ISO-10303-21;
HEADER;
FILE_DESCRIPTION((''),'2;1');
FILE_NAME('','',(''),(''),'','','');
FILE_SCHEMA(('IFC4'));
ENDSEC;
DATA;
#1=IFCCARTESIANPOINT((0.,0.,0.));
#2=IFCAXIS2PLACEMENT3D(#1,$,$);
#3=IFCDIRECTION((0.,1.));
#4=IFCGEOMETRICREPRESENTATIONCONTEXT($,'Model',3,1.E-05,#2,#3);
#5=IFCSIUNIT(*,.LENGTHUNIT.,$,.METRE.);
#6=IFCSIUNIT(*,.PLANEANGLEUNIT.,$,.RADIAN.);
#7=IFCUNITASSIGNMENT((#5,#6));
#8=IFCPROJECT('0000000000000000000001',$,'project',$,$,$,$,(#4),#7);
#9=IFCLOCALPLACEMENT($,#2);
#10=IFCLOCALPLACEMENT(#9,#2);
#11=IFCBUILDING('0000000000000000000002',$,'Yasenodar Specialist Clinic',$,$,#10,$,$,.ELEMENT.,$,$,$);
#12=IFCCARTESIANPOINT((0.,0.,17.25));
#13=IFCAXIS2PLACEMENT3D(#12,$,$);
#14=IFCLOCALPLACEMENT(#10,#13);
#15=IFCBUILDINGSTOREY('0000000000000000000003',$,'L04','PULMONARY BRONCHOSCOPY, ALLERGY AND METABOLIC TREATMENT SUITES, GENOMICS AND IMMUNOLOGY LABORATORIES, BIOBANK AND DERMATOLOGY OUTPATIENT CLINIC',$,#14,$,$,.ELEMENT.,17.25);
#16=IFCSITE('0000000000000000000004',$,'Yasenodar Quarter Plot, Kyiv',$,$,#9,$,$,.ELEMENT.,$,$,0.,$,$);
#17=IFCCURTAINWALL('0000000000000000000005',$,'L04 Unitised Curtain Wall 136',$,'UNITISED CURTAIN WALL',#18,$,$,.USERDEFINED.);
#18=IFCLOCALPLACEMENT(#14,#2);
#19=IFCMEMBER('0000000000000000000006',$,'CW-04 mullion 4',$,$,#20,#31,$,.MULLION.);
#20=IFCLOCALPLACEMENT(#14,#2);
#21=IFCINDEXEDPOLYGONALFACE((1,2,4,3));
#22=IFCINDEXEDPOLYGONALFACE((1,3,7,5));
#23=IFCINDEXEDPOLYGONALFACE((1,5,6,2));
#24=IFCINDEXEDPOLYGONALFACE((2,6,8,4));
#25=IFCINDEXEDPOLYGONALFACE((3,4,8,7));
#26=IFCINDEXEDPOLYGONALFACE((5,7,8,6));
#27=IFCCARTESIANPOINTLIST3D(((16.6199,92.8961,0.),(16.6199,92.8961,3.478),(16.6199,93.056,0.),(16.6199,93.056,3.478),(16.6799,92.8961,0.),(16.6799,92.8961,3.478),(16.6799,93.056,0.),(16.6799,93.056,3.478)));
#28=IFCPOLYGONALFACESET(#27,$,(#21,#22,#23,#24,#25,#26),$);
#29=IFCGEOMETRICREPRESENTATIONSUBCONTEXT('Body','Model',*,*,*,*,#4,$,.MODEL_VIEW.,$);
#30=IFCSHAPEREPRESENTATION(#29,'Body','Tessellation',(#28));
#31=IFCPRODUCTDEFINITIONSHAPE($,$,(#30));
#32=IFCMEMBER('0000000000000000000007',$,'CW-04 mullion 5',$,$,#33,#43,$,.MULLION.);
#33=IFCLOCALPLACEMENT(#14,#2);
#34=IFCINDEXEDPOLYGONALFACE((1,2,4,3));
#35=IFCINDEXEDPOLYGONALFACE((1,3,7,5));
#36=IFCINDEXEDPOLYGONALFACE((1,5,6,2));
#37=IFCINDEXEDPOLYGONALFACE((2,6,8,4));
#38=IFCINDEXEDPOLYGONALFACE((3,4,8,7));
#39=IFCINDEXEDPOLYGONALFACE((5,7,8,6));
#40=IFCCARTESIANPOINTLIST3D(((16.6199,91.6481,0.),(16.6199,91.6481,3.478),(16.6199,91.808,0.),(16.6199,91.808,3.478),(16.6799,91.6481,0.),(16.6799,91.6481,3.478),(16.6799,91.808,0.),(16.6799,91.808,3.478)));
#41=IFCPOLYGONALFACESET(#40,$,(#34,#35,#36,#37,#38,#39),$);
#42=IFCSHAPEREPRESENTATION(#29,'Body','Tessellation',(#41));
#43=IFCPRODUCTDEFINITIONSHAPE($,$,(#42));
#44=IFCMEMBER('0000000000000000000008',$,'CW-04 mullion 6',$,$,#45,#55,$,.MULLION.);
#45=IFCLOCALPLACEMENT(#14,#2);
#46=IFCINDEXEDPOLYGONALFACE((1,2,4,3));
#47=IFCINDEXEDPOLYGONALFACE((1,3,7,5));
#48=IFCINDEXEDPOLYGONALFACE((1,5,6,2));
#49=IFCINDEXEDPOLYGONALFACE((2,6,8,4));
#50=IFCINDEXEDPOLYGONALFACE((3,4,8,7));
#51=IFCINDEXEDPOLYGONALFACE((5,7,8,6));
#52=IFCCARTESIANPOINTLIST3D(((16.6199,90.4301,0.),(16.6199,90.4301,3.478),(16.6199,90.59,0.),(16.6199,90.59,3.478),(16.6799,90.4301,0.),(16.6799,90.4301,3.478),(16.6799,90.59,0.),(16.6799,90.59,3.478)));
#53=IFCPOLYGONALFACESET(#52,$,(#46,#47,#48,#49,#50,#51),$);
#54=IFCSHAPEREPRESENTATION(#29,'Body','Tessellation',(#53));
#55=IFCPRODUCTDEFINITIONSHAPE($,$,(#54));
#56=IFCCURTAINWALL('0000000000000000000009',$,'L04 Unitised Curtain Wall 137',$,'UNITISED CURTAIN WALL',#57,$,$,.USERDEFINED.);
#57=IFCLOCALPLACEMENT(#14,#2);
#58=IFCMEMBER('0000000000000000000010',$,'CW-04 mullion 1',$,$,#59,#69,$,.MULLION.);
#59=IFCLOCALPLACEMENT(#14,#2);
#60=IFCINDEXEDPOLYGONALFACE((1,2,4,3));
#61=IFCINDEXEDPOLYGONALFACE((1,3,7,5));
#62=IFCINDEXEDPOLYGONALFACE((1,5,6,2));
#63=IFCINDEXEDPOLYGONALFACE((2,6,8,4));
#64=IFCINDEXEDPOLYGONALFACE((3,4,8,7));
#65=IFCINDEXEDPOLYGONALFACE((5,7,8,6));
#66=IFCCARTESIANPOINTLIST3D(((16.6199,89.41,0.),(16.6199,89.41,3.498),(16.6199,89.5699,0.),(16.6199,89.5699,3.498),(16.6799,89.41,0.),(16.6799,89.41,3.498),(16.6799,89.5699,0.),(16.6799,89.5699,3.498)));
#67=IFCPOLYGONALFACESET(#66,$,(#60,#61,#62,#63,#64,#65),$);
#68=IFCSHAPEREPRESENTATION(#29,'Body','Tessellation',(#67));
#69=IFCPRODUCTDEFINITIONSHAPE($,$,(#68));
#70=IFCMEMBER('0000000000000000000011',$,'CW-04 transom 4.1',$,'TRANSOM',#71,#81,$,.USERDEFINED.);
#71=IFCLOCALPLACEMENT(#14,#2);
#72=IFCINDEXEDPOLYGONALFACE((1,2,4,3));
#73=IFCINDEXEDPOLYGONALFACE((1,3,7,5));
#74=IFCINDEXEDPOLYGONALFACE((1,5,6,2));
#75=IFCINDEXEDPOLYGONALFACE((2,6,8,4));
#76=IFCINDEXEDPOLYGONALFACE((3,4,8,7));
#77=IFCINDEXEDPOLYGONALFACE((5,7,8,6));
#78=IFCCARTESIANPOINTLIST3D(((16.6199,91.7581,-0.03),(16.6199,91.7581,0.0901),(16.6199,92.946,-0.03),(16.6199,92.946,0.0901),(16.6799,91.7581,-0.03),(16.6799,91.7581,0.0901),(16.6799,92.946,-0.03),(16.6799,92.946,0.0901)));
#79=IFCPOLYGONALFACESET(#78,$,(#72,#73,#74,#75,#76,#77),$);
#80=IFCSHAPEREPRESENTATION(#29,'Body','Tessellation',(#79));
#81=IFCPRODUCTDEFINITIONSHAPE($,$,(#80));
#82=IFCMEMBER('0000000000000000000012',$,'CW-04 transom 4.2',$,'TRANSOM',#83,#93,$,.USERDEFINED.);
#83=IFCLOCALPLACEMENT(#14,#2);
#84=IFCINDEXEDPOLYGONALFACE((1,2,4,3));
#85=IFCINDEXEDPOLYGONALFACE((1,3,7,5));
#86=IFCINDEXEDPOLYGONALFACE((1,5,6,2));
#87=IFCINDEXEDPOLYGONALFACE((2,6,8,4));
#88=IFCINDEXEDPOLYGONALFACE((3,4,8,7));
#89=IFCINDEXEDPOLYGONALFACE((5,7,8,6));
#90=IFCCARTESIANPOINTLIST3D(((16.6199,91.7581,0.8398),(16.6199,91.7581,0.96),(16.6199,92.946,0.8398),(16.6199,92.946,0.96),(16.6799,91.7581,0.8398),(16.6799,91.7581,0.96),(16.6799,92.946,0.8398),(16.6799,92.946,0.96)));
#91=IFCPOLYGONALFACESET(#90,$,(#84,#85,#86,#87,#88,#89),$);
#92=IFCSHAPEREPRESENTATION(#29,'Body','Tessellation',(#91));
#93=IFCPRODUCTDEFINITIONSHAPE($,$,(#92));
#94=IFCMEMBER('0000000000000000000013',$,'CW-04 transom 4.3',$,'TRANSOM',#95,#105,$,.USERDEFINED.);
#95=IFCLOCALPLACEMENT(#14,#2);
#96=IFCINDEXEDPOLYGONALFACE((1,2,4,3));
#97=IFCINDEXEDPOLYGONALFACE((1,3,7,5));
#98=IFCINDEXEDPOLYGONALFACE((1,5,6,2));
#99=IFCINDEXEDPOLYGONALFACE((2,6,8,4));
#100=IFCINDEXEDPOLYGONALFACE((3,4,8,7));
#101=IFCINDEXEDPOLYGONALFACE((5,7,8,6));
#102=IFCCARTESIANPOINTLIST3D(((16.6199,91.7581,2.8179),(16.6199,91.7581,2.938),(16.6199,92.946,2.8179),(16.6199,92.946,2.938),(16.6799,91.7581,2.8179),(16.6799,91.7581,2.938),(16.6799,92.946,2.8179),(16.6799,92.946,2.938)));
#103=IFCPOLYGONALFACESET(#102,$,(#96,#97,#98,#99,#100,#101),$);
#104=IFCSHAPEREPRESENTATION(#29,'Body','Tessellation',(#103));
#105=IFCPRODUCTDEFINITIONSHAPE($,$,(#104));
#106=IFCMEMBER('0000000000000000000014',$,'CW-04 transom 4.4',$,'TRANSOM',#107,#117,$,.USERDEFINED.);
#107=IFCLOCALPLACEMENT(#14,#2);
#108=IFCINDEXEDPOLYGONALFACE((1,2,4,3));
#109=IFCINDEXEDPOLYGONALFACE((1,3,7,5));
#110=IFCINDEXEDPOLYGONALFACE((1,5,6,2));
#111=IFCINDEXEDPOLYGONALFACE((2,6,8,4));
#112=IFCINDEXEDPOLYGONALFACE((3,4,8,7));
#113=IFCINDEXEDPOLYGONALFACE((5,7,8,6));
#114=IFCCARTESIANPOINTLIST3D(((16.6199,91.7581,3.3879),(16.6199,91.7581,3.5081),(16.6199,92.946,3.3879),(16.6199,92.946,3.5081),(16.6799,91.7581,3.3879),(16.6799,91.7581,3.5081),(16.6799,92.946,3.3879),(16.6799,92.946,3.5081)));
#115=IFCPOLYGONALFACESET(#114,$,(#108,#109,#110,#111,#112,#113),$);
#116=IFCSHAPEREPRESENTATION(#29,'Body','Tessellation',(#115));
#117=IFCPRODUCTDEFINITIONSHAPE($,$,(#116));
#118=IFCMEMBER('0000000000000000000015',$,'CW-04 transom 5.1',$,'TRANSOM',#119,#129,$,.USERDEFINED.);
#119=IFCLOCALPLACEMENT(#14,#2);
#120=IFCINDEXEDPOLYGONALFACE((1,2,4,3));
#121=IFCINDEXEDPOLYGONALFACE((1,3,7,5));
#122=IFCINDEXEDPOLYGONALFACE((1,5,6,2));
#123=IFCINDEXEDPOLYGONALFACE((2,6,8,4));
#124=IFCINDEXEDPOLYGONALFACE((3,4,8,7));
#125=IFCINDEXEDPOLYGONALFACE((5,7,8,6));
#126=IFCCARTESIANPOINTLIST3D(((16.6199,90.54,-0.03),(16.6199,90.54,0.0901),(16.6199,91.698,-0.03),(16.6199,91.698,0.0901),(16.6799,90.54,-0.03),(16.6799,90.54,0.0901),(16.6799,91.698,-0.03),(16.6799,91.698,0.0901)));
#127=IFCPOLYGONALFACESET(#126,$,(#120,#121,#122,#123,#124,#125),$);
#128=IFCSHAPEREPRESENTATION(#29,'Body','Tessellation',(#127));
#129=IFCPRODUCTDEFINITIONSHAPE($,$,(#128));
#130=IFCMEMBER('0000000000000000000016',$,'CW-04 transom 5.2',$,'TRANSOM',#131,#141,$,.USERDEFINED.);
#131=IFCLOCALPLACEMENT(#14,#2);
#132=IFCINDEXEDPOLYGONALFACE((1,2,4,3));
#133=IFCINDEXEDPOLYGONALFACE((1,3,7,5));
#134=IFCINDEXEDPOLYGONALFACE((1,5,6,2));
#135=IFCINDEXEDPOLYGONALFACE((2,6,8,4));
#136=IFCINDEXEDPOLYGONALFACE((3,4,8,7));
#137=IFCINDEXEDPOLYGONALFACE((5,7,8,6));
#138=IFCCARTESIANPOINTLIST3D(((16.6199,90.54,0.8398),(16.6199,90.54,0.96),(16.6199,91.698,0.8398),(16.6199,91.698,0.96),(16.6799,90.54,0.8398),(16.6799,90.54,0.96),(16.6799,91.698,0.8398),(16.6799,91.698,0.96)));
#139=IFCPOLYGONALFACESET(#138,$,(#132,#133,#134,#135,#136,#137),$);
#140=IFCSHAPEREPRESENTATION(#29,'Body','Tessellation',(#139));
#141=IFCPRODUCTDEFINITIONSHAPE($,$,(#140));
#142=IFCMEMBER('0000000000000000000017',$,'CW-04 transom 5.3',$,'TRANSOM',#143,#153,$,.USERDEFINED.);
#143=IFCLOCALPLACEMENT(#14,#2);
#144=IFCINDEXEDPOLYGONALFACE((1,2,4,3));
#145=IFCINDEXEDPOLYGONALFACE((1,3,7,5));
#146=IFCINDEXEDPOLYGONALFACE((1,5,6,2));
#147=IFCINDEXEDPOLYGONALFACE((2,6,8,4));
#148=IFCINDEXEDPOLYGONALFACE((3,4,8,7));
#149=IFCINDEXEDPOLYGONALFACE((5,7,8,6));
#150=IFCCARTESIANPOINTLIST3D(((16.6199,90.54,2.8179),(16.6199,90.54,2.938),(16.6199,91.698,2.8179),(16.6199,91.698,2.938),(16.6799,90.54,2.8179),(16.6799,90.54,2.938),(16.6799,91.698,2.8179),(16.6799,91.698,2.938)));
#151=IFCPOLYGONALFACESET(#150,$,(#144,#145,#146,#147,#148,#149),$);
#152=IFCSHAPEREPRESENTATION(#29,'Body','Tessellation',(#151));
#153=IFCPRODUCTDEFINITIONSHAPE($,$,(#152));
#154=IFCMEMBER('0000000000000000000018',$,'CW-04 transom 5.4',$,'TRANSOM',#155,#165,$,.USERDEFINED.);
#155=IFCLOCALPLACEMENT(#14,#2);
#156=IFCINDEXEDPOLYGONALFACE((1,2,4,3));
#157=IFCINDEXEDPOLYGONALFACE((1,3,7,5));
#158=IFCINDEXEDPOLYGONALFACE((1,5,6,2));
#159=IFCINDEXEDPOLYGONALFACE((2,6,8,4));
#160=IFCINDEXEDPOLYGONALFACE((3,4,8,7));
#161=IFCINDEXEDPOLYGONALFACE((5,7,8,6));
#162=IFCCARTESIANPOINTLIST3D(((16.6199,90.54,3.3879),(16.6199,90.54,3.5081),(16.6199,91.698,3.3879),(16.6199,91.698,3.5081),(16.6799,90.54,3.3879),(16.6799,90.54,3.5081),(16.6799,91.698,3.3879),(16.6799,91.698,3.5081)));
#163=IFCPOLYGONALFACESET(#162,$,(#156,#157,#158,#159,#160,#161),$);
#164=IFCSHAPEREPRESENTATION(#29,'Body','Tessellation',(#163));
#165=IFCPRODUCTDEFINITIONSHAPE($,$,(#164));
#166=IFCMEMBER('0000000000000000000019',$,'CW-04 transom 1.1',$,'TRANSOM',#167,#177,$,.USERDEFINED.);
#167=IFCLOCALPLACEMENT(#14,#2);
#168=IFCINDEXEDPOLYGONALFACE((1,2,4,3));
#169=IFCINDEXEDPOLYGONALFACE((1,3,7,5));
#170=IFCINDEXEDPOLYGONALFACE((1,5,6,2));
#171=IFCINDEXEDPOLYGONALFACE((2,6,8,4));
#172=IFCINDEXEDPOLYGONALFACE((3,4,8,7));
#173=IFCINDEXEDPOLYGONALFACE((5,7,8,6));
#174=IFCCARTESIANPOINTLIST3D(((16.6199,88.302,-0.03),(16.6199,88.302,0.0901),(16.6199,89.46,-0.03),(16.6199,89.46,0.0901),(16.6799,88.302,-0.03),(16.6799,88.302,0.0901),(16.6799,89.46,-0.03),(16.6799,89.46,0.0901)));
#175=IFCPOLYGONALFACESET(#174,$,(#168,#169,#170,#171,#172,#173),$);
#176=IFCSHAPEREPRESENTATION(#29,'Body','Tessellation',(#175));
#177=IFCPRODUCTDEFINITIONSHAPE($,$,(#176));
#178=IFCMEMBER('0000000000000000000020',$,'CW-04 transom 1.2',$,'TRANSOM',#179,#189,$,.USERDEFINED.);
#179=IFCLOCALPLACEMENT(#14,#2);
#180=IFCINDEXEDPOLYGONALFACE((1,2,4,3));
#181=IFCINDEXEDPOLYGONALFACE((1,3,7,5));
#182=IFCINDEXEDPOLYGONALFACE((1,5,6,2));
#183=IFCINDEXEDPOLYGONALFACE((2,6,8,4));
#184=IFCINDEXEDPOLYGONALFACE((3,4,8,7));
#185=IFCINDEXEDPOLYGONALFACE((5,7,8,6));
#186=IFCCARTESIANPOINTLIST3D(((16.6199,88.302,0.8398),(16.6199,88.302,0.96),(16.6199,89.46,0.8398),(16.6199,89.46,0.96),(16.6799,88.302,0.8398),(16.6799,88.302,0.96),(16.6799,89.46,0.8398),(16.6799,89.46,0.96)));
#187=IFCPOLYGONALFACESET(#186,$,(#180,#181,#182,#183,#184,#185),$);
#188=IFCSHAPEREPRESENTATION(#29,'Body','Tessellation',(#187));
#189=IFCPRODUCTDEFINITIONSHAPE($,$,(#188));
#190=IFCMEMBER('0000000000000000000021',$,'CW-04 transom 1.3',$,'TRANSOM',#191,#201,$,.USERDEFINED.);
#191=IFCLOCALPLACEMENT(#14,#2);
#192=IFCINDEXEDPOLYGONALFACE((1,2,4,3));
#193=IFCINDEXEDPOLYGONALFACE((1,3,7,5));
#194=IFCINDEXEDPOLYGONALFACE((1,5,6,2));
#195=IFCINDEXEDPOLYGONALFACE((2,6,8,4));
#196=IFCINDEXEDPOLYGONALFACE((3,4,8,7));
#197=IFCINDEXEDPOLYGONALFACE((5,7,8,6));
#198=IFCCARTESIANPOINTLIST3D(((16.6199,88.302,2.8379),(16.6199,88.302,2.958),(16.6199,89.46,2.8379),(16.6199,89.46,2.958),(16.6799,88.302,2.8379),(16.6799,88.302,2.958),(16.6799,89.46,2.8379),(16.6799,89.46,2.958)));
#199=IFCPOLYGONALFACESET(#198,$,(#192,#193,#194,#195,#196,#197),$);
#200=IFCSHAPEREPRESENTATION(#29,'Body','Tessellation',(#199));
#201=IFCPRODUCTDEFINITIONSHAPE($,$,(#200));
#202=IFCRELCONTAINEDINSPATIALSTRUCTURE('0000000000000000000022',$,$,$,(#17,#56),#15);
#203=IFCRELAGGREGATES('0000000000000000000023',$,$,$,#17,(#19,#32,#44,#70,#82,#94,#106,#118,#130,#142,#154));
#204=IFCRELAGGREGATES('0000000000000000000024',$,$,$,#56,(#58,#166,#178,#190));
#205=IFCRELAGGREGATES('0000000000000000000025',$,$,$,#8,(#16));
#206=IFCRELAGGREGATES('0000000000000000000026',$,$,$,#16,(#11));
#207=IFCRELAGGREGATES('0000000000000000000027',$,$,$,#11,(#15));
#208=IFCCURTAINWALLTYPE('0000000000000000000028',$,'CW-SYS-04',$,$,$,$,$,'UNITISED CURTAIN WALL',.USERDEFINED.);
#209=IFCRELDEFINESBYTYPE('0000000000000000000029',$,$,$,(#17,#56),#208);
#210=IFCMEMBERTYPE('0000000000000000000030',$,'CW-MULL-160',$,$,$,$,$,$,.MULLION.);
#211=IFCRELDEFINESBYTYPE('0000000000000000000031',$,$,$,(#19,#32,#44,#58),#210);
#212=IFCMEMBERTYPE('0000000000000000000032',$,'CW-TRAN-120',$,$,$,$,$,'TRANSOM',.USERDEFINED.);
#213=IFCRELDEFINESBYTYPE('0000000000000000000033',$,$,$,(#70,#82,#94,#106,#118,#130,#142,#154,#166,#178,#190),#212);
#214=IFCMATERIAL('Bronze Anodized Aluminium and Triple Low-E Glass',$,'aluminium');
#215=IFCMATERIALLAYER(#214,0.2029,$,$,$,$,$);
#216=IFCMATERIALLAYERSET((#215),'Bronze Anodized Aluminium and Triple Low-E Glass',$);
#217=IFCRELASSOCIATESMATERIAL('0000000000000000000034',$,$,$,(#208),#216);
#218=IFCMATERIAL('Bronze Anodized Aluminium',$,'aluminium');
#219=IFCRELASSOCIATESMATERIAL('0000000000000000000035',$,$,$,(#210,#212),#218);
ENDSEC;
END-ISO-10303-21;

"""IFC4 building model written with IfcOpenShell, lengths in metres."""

from ifc_helpers import new_model, si_unit, direction, frame, origin, origin_2d, place, context, subcontext, project, spatial, rectangle, extrude, material, layer, layer_set, material_profile, profile_set, type_object, element, aggregate, save


model = new_model("IFC4")

# Units and contexts
model_context = context("Model", 3, precision=1e-05, world=origin(), true_north=direction((0.0, 1.0)))
body_context = subcontext(model_context, "Body", "Model", "MODEL_VIEW")
ifc_project = project(units=[si_unit("LENGTHUNIT", "METRE"), si_unit("PLANEANGLEUNIT", "RADIAN")], contexts=[model_context])

# Site, building, storey
site_placement = place(None, origin())
site = spatial("IfcSite", under=ifc_project, at=site_placement, Name="Yasenodar Quarter Plot, Kyiv", CompositionType="ELEMENT", RefElevation=0.0)
building_placement = place(site_placement, origin())
building = spatial("IfcBuilding", under=site, at=building_placement, Name="Yasenodar Specialist Clinic", CompositionType="ELEMENT")
storey_placement = place(building_placement, frame((0.0, 0.0, 17.25)))
storey = spatial("IfcBuildingStorey", under=building, at=storey_placement, Name="L04", Description="PULMONARY BRONCHOSCOPY, ALLERGY AND METABOLIC TREATMENT SUITES, GENOMICS AND IMMUNOLOGY LABORATORIES, BIOBANK AND DERMATOLOGY OUTPATIENT CLINIC", CompositionType="ELEMENT", Elevation=17.25)

# Curtain wall, members
ifc_material_1 = material(Name="Bronze Anodized Aluminium and Triple Low-E Glass", Category="aluminium")
ifc_layer_1 = layer(ifc_material_1, 0.2029)
ifc_layer_set_1 = layer_set([ifc_layer_1], Name="Bronze Anodized Aluminium and Triple Low-E Glass")
curtain_wall_type = type_object("IfcCurtainWallType", Name="CW-SYS-04", ElementType="UNITISED CURTAIN WALL", PredefinedType="USERDEFINED", material=ifc_layer_set_1)
curtain_wall_1_placement = place(storey_placement, origin())
curtain_wall_1 = element("IfcCurtainWall", 1, at=curtain_wall_1_placement, inside=storey, type_object=curtain_wall_type, Name="L04 Unitised Curtain Wall 136", ObjectType="UNITISED CURTAIN WALL", PredefinedType="USERDEFINED")
ifc_material_2 = material(Name="Bronze Anodized Aluminium", Category="aluminium")
ifc_material_profile_1 = material_profile(ifc_material_2, rectangle(XDim=0.0601, YDim=0.1599, at=origin_2d()), Name="CW-MULL 60x160")
ifc_profile_set_1 = profile_set([ifc_material_profile_1], Name="Bronze Anodized Aluminium")
member_type_1 = type_object("IfcMemberType", Name="CW-MULL-160", PredefinedType="MULLION", material=ifc_profile_set_1)
member_1_placement = place(storey_placement, frame((16.6499, 92.9761, 0.0), z_axis=(0.0, 0.0, 1.0), x_axis=(1.0, 0.0, 0.0)))
member_1 = element("IfcMember", 2, at=member_1_placement, type_object=member_type_1, Name="CW-04 mullion 4", PredefinedType="MULLION", context=body_context, shape_type="SweptSolid", body=[
    extrude(rectangle(XDim=0.0601, YDim=0.1599, at=origin_2d()), origin(), (0.0, 0.0, 1.0), 3.478),
])
member_2_placement = place(storey_placement, frame((16.6499, 91.728, 0.0), z_axis=(0.0, 0.0, 1.0), x_axis=(1.0, 0.0, 0.0)))
member_2 = element("IfcMember", 3, at=member_2_placement, type_object=member_type_1, Name="CW-04 mullion 5", PredefinedType="MULLION", context=body_context, shape_type="SweptSolid", body=[
    extrude(rectangle(XDim=0.0601, YDim=0.1599, at=origin_2d()), origin(), (0.0, 0.0, 1.0), 3.478),
])
member_3_placement = place(storey_placement, frame((16.6499, 90.51, 0.0), z_axis=(0.0, 0.0, 1.0), x_axis=(1.0, 0.0, 0.0)))
member_3 = element("IfcMember", 4, at=member_3_placement, type_object=member_type_1, Name="CW-04 mullion 6", PredefinedType="MULLION", context=body_context, shape_type="SweptSolid", body=[
    extrude(rectangle(XDim=0.0601, YDim=0.1599, at=origin_2d()), origin(), (0.0, 0.0, 1.0), 3.478),
])

# Curtain wall, member
curtain_wall_2_placement = place(storey_placement, origin())
curtain_wall_2 = element("IfcCurtainWall", 5, at=curtain_wall_2_placement, inside=storey, type_object=curtain_wall_type, Name="L04 Unitised Curtain Wall 137", ObjectType="UNITISED CURTAIN WALL", PredefinedType="USERDEFINED")
member_4_placement = place(storey_placement, frame((16.6499, 89.49, 0.0), z_axis=(0.0, 0.0, 1.0), x_axis=(1.0, 0.0, 0.0)))
member_4 = element("IfcMember", 6, at=member_4_placement, type_object=member_type_1, Name="CW-04 mullion 1", PredefinedType="MULLION", context=body_context, shape_type="SweptSolid", body=[
    extrude(rectangle(XDim=0.0601, YDim=0.1599, at=origin_2d()), origin(), (0.0, 0.0, 1.0), 3.498),
])

# Members
ifc_material_profile_2 = material_profile(ifc_material_2, rectangle(XDim=0.0601, YDim=0.1201, at=origin_2d()), Name="CW-TRAN 60x120")
ifc_profile_set_2 = profile_set([ifc_material_profile_2], Name="Bronze Anodized Aluminium")
member_type_2 = type_object("IfcMemberType", Name="CW-TRAN-120", ElementType="TRANSOM", PredefinedType="USERDEFINED", material=ifc_profile_set_2)
member_5_placement = place(storey_placement, frame((16.6499, 92.946, 0.03), z_axis=(0.0, -1.0, 0.0), x_axis=(1.0, 0.0, 0.0)))
member_5 = element("IfcMember", 7, at=member_5_placement, type_object=member_type_2, Name="CW-04 transom 4.1", ObjectType="TRANSOM", PredefinedType="USERDEFINED", context=body_context, shape_type="SweptSolid", body=[
    extrude(rectangle(XDim=0.0601, YDim=0.1201, at=origin_2d()), origin(), (0.0, 0.0, 1.0), 1.188),
])
member_6_placement = place(storey_placement, frame((16.6499, 92.946, 0.8999), z_axis=(0.0, -1.0, 0.0), x_axis=(1.0, 0.0, 0.0)))
member_6 = element("IfcMember", 8, at=member_6_placement, type_object=member_type_2, Name="CW-04 transom 4.2", ObjectType="TRANSOM", PredefinedType="USERDEFINED", context=body_context, shape_type="SweptSolid", body=[
    extrude(rectangle(XDim=0.0601, YDim=0.1201, at=origin_2d()), origin(), (0.0, 0.0, 1.0), 1.188),
])
member_7_placement = place(storey_placement, frame((16.6499, 92.946, 2.8779), z_axis=(0.0, -1.0, 0.0), x_axis=(1.0, 0.0, 0.0)))
member_7 = element("IfcMember", 9, at=member_7_placement, type_object=member_type_2, Name="CW-04 transom 4.3", ObjectType="TRANSOM", PredefinedType="USERDEFINED", context=body_context, shape_type="SweptSolid", body=[
    extrude(rectangle(XDim=0.0601, YDim=0.1201, at=origin_2d()), origin(), (0.0, 0.0, 1.0), 1.188),
])
member_8_placement = place(storey_placement, frame((16.6499, 92.946, 3.448), z_axis=(0.0, -1.0, 0.0), x_axis=(1.0, 0.0, 0.0)))
member_8 = element("IfcMember", 10, at=member_8_placement, type_object=member_type_2, Name="CW-04 transom 4.4", ObjectType="TRANSOM", PredefinedType="USERDEFINED", context=body_context, shape_type="SweptSolid", body=[
    extrude(rectangle(XDim=0.0601, YDim=0.1201, at=origin_2d()), origin(), (0.0, 0.0, 1.0), 1.188),
])
member_9_placement = place(storey_placement, frame((16.6499, 91.698, 0.03), z_axis=(0.0, -1.0, 0.0), x_axis=(1.0, 0.0, 0.0)))
member_9 = element("IfcMember", 11, at=member_9_placement, type_object=member_type_2, Name="CW-04 transom 5.1", ObjectType="TRANSOM", PredefinedType="USERDEFINED", context=body_context, shape_type="SweptSolid", body=[
    extrude(rectangle(XDim=0.0601, YDim=0.1201, at=origin_2d()), origin(), (0.0, 0.0, 1.0), 1.158),
])
member_10_placement = place(storey_placement, frame((16.6499, 91.698, 0.8999), z_axis=(0.0, -1.0, 0.0), x_axis=(1.0, 0.0, 0.0)))
member_10 = element("IfcMember", 12, at=member_10_placement, type_object=member_type_2, Name="CW-04 transom 5.2", ObjectType="TRANSOM", PredefinedType="USERDEFINED", context=body_context, shape_type="SweptSolid", body=[
    extrude(rectangle(XDim=0.0601, YDim=0.1201, at=origin_2d()), origin(), (0.0, 0.0, 1.0), 1.158),
])
member_11_placement = place(storey_placement, frame((16.6499, 91.698, 2.8779), z_axis=(0.0, -1.0, 0.0), x_axis=(1.0, 0.0, 0.0)))
member_11 = element("IfcMember", 13, at=member_11_placement, type_object=member_type_2, Name="CW-04 transom 5.3", ObjectType="TRANSOM", PredefinedType="USERDEFINED", context=body_context, shape_type="SweptSolid", body=[
    extrude(rectangle(XDim=0.0601, YDim=0.1201, at=origin_2d()), origin(), (0.0, 0.0, 1.0), 1.158),
])
member_12_placement = place(storey_placement, frame((16.6499, 91.698, 3.448), z_axis=(0.0, -1.0, 0.0), x_axis=(1.0, 0.0, 0.0)))
member_12 = element("IfcMember", 14, at=member_12_placement, type_object=member_type_2, Name="CW-04 transom 5.4", ObjectType="TRANSOM", PredefinedType="USERDEFINED", context=body_context, shape_type="SweptSolid", body=[
    extrude(rectangle(XDim=0.0601, YDim=0.1201, at=origin_2d()), origin(), (0.0, 0.0, 1.0), 1.158),
])
member_13_placement = place(storey_placement, frame((16.6499, 89.46, 0.03), z_axis=(0.0, -1.0, 0.0), x_axis=(1.0, 0.0, 0.0)))
member_13 = element("IfcMember", 15, at=member_13_placement, type_object=member_type_2, Name="CW-04 transom 1.1", ObjectType="TRANSOM", PredefinedType="USERDEFINED", context=body_context, shape_type="SweptSolid", body=[
    extrude(rectangle(XDim=0.0601, YDim=0.1201, at=origin_2d()), origin(), (0.0, 0.0, 1.0), 1.158),
])
member_14_placement = place(storey_placement, frame((16.6499, 89.46, 0.8999), z_axis=(0.0, -1.0, 0.0), x_axis=(1.0, 0.0, 0.0)))
member_14 = element("IfcMember", 16, at=member_14_placement, type_object=member_type_2, Name="CW-04 transom 1.2", ObjectType="TRANSOM", PredefinedType="USERDEFINED", context=body_context, shape_type="SweptSolid", body=[
    extrude(rectangle(XDim=0.0601, YDim=0.1201, at=origin_2d()), origin(), (0.0, 0.0, 1.0), 1.158),
])
member_15_placement = place(storey_placement, frame((16.6499, 89.46, 2.8979), z_axis=(0.0, -1.0, 0.0), x_axis=(1.0, 0.0, 0.0)))
member_15 = element("IfcMember", 17, at=member_15_placement, type_object=member_type_2, Name="CW-04 transom 1.3", ObjectType="TRANSOM", PredefinedType="USERDEFINED", context=body_context, shape_type="SweptSolid", body=[
    extrude(rectangle(XDim=0.0601, YDim=0.1201, at=origin_2d()), origin(), (0.0, 0.0, 1.0), 1.158),
])

aggregate(curtain_wall_1, [member_1, member_2, member_3, member_5, member_6, member_7, member_8, member_9, member_10, member_11, member_12])
aggregate(curtain_wall_2, [member_4, member_13, member_14, member_15])

save(model, "model.ifc")
